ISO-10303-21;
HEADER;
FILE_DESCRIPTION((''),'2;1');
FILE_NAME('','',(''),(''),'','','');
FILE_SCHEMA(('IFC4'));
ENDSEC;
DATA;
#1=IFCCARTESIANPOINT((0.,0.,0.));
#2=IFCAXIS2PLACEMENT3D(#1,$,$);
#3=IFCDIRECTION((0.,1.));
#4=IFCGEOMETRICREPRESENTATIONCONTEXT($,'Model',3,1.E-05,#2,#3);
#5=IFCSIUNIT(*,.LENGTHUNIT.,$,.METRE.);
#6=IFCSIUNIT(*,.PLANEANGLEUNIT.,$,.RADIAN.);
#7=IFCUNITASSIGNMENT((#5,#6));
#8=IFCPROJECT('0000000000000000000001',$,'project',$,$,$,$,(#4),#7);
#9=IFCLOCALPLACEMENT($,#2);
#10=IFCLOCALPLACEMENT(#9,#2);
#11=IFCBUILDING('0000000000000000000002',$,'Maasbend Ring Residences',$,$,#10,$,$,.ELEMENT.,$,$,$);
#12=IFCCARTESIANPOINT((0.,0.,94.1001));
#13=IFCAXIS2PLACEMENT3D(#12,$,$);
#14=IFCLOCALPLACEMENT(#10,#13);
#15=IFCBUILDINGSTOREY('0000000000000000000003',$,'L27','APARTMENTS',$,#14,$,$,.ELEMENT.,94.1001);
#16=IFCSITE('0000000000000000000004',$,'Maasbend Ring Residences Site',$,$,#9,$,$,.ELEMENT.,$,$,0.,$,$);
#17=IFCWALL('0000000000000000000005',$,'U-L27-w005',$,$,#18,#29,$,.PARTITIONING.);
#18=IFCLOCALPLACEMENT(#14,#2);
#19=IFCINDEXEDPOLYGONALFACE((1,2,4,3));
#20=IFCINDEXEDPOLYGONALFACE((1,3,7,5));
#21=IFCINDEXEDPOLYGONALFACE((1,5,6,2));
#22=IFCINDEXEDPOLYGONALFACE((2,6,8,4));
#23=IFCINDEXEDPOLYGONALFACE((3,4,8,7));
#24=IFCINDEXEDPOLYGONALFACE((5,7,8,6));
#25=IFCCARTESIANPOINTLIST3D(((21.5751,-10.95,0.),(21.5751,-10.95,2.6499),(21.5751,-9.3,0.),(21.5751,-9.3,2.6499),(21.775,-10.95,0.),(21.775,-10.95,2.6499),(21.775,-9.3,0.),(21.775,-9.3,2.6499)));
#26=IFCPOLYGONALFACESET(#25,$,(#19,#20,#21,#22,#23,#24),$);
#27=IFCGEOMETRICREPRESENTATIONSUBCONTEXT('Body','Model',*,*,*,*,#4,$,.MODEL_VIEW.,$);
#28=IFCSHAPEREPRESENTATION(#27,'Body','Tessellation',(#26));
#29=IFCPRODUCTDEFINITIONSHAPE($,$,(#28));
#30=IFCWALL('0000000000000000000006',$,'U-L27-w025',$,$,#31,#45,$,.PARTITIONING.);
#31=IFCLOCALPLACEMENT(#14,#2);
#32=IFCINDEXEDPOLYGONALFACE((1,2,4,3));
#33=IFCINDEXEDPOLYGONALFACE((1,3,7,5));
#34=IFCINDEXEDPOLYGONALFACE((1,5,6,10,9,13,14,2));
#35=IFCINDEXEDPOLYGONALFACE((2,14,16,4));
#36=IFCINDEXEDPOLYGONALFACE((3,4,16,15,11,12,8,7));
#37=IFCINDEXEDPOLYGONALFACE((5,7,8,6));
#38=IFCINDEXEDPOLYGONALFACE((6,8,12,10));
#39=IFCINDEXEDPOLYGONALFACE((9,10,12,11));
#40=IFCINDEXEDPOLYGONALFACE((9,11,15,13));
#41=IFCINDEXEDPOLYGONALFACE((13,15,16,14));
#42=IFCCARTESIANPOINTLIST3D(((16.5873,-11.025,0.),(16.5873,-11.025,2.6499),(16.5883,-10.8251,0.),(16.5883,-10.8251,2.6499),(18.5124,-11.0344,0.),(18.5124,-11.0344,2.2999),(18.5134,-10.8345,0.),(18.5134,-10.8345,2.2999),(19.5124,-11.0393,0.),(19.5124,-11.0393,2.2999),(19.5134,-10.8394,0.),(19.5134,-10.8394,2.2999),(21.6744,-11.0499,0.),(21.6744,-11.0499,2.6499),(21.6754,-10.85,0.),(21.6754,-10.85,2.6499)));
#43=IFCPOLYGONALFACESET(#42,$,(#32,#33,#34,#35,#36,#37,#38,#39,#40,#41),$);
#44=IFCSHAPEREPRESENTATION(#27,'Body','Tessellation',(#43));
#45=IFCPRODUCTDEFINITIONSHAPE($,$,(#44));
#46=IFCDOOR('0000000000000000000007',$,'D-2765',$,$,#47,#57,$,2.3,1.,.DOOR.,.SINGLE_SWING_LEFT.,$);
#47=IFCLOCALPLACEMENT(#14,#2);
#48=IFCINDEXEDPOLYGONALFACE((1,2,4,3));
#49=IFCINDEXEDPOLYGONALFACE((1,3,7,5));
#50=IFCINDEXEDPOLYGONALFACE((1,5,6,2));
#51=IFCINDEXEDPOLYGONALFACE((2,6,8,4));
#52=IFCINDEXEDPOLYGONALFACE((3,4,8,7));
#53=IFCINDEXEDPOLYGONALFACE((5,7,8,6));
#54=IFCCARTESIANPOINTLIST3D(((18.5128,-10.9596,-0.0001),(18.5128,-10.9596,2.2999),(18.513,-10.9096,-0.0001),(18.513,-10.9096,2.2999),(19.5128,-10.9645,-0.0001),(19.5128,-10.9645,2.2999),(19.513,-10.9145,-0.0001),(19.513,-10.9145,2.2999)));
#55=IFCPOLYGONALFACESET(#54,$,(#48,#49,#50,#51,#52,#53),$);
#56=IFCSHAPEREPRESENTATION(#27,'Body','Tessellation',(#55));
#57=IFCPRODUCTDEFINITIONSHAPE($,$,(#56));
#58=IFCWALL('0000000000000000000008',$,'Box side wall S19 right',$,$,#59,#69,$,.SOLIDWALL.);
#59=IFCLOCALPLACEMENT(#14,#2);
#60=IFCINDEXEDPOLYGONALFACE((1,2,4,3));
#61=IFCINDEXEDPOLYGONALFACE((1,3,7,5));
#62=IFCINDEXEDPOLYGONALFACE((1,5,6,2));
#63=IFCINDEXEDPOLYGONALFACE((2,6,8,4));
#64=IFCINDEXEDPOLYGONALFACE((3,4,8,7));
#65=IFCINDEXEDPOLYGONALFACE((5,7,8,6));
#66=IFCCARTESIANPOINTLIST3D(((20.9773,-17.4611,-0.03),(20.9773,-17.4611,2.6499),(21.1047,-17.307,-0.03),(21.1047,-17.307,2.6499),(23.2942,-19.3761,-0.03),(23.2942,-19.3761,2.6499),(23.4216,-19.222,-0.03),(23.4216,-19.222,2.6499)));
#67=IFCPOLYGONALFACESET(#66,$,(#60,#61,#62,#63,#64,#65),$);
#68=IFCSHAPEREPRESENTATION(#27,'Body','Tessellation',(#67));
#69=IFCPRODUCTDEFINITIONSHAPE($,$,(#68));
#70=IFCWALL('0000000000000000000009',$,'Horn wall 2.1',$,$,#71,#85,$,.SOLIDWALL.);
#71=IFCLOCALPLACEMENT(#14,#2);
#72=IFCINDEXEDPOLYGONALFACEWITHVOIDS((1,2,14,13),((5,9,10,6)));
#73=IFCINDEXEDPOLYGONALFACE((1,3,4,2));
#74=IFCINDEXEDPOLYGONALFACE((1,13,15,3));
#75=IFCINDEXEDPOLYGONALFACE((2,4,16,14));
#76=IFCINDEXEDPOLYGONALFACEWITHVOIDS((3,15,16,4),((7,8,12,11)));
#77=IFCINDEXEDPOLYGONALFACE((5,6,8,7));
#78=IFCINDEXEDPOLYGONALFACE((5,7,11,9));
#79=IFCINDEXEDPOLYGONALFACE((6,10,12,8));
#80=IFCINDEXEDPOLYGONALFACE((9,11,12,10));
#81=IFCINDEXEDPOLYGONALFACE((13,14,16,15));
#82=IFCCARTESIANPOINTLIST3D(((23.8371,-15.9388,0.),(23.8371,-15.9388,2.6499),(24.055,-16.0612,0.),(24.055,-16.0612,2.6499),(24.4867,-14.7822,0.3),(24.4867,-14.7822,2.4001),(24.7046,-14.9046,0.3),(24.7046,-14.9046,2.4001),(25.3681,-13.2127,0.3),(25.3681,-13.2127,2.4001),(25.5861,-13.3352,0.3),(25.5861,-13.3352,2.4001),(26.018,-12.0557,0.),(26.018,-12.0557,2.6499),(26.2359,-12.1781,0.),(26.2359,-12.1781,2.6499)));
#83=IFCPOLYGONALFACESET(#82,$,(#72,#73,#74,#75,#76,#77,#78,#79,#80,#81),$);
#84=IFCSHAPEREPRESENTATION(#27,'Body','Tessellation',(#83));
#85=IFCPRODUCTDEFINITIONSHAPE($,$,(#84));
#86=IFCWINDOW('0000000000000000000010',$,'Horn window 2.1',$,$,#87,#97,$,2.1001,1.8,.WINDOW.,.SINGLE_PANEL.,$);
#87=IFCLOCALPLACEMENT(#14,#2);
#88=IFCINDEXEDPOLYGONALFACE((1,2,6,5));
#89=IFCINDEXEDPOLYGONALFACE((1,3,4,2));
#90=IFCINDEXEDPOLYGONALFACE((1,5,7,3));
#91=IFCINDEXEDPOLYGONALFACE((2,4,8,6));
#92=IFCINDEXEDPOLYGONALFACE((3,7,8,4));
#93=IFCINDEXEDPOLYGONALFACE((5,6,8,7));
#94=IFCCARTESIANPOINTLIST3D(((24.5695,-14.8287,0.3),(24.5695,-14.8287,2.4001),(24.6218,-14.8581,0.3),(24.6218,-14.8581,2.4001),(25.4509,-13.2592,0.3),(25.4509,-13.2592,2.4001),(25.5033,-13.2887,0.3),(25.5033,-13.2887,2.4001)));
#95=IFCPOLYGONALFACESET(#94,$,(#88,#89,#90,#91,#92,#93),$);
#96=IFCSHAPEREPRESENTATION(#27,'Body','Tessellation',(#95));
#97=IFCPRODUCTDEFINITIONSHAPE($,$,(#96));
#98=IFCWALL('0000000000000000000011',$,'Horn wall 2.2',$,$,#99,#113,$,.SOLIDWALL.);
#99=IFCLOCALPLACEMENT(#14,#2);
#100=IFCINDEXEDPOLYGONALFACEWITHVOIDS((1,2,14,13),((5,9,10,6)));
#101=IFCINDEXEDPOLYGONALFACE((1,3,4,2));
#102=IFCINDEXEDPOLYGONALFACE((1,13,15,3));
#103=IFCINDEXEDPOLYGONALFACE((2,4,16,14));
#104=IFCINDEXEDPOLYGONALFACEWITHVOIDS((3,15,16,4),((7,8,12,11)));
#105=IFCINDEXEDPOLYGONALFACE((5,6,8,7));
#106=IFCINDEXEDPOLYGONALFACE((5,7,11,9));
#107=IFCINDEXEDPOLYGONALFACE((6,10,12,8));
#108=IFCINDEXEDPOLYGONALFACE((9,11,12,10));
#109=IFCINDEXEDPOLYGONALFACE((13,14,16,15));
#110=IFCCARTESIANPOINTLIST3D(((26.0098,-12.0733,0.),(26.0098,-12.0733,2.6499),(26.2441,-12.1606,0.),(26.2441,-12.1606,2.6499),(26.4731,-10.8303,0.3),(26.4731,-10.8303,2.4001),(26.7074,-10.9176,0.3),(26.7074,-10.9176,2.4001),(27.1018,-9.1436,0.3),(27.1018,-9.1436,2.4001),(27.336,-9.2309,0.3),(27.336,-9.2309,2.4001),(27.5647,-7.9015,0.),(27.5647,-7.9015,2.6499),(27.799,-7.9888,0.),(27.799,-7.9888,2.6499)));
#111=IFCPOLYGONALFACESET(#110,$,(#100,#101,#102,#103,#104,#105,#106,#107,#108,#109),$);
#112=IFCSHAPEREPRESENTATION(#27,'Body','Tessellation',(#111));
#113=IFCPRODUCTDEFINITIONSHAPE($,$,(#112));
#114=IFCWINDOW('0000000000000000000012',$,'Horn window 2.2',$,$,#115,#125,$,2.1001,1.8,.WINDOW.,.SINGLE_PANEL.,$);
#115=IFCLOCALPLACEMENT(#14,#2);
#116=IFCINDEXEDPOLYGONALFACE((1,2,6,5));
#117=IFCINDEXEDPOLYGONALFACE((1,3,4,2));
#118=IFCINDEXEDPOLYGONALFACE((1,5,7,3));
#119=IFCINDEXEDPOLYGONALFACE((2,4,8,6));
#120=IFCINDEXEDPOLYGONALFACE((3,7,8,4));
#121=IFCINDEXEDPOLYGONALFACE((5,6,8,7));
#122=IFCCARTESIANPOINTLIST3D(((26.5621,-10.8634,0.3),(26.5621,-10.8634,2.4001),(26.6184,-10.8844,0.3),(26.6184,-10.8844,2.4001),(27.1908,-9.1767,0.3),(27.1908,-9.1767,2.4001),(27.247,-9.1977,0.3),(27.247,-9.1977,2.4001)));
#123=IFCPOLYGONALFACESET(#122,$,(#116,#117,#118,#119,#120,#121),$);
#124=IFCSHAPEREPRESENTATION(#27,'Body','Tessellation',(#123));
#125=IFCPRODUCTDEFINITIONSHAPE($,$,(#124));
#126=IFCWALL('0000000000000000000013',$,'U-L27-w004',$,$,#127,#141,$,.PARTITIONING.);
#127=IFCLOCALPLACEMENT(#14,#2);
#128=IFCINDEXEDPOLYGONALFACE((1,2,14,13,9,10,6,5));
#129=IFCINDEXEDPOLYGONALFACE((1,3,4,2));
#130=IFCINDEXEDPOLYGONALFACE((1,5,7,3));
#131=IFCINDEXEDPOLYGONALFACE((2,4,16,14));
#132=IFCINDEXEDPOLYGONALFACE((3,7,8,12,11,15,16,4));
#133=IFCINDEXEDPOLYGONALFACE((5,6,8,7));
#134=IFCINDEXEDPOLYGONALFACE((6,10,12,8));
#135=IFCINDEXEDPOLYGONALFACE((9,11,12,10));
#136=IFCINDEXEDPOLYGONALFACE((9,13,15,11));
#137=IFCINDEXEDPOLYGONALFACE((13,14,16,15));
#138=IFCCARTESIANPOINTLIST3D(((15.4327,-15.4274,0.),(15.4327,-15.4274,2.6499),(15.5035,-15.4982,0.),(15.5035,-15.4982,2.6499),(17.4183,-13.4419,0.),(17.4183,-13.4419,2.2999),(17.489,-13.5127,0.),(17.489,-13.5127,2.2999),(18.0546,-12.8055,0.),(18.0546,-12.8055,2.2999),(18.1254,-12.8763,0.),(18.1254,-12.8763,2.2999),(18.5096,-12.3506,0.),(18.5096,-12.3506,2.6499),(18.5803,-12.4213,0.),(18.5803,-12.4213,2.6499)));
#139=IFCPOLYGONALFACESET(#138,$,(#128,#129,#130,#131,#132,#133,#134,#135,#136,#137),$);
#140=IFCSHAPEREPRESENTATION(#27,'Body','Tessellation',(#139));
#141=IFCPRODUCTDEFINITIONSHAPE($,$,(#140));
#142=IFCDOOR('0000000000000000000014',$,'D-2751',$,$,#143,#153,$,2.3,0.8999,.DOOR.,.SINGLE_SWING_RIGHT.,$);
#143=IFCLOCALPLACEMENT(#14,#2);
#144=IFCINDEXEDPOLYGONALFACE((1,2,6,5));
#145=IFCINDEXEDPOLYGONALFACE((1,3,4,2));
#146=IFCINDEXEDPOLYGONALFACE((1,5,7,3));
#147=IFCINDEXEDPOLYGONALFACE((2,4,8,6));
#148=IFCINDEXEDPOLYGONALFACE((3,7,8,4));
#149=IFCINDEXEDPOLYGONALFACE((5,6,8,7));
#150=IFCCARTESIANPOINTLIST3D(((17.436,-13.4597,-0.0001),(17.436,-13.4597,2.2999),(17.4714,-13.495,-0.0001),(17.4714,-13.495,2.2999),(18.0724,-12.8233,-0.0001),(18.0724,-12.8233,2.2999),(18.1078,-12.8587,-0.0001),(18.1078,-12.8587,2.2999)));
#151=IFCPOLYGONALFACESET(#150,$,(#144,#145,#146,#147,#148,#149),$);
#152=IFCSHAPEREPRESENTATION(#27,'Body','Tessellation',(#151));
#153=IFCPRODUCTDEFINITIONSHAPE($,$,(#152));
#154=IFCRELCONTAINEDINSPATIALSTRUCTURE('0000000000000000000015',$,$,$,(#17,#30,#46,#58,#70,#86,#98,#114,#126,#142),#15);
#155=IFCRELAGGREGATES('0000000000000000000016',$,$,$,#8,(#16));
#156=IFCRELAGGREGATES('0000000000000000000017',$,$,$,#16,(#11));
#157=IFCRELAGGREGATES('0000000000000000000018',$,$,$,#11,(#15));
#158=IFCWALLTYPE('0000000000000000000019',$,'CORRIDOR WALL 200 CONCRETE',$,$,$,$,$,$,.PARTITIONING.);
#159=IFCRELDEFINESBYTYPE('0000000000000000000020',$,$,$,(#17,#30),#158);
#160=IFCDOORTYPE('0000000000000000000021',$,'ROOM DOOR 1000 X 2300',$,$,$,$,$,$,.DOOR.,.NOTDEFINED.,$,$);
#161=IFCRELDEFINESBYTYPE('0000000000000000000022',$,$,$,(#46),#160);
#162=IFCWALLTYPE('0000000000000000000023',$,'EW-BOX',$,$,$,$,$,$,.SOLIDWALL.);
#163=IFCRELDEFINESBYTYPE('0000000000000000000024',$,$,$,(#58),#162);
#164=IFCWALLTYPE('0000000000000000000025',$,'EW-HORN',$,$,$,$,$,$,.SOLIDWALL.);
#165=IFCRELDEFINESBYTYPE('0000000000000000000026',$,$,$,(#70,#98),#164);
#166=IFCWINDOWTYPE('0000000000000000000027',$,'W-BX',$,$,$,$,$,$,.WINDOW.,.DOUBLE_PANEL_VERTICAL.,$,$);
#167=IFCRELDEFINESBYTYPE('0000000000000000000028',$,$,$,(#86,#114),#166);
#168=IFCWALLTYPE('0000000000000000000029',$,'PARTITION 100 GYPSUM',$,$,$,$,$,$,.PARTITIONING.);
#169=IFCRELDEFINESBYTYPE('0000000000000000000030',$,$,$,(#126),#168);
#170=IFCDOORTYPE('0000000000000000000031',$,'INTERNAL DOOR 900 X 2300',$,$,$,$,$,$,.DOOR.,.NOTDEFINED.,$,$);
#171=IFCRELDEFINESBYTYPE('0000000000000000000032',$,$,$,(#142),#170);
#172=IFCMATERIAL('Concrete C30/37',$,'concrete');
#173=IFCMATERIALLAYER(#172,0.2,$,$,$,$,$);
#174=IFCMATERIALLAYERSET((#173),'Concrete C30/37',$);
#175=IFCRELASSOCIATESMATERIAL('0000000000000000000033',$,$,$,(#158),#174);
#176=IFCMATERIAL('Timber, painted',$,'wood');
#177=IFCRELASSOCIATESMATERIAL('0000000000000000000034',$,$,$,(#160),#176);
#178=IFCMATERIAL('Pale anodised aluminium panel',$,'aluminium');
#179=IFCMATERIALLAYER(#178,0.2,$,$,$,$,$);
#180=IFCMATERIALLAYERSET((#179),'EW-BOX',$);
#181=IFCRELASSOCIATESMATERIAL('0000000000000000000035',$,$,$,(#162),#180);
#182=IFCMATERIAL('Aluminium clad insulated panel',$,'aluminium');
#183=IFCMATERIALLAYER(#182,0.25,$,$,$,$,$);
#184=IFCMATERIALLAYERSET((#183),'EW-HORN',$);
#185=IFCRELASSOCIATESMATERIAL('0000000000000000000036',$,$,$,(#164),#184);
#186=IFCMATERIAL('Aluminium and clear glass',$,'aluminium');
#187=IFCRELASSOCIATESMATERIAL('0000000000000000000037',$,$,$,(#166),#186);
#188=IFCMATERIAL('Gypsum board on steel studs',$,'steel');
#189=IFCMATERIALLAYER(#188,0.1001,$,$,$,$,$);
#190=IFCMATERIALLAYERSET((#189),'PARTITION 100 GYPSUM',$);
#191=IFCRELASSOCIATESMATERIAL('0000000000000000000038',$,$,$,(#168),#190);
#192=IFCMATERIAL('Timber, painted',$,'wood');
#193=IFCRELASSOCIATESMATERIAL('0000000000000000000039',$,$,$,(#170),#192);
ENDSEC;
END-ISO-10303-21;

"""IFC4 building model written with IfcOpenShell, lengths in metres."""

from ifc_helpers import new_model, si_unit, direction, frame, frame_2d, origin, place, context, subcontext, project, spatial, rectangle, extrude, material, layer, layer_set, type_object, element, fill, save


model = new_model("IFC4")

# Units and contexts
model_context = context("Model", 3, precision=1e-05, world=origin(), true_north=direction((0.0, 1.0)))
body_context = subcontext(model_context, "Body", "Model", "MODEL_VIEW")
ifc_project = project(units=[si_unit("LENGTHUNIT", "METRE"), si_unit("PLANEANGLEUNIT", "RADIAN")], contexts=[model_context])

# Site, building, storey
site_placement = place(None, origin())
site = spatial("IfcSite", under=ifc_project, at=site_placement, Name="Maasbend Ring Residences Site", CompositionType="ELEMENT", RefElevation=0.0)
building_placement = place(site_placement, origin())
building = spatial("IfcBuilding", under=site, at=building_placement, Name="Maasbend Ring Residences", CompositionType="ELEMENT")
storey_placement = place(building_placement, frame((0.0, 0.0, 94.1001)))
storey = spatial("IfcBuildingStorey", under=building, at=storey_placement, Name="L27", Description="APARTMENTS", CompositionType="ELEMENT", Elevation=94.1001)

# Wall
ifc_material_1 = material(Name="Concrete C30/37", Category="concrete")
ifc_layer_1 = layer(ifc_material_1, 0.2)
ifc_layer_set_1 = layer_set([ifc_layer_1], Name="Concrete C30/37")
wall_type_1 = type_object("IfcWallType", Name="CORRIDOR WALL 200 CONCRETE", PredefinedType="PARTITIONING", material=ifc_layer_set_1)
wall_1_placement = place(storey_placement, frame((21.675, -10.95, 0.0), z_axis=(0.0, 0.0, 1.0), x_axis=(0.0, 1.0, 0.0)))
element("IfcWall", 1, at=wall_1_placement, inside=storey, type_object=wall_type_1, Name="U-L27-w005", PredefinedType="PARTITIONING", context=body_context, shape_type="SweptSolid", body=[
    extrude(rectangle(XDim=1.6499, YDim=0.2, at=frame_2d((0.825, 0.0))), origin(), (0.0, 0.0, 1.0), 2.6499),
])

# Wall, opening, door
wall_2_placement = place(storey_placement, frame((16.5879, -10.925, 0.0), z_axis=(0.0, 0.0, 1.0), x_axis=(0.999988, -0.004895, 0.0)))
wall_2 = element("IfcWall", 2, at=wall_2_placement, inside=storey, type_object=wall_type_1, Name="U-L27-w025", PredefinedType="PARTITIONING", context=body_context, shape_type="SweptSolid", body=[
    extrude(rectangle(XDim=5.0872, YDim=0.2, at=frame_2d((2.5435, 0.0))), origin(), (0.0, 0.0, 1.0), 2.6499),
])
opening_1_placement = place(wall_2_placement, frame((1.925, 0.0, 0.0)))
opening_1 = element("IfcOpeningElement", 3, at=opening_1_placement, cuts=wall_2, PredefinedType="OPENING", context=body_context, shape_type="SweptSolid", body=[
    extrude(rectangle(XDim=1.0, YDim=2.3, at=frame_2d((0.5, 1.1499))), frame((0.0, 0.1099, 0.0), z_axis=(0.0, -1.0, 0.0), x_axis=(1.0, 0.0, 0.0)), (0.0, 0.0, 1.0), 0.22),
])
ifc_material_2 = material(Name="Timber, painted", Category="wood")
door_type_1 = type_object("IfcDoorType", Name="ROOM DOOR 1000 X 2300", OperationType="NOTDEFINED", PredefinedType="DOOR", material=ifc_material_2)
door_1_placement = place(opening_1_placement, origin())
door_1 = element("IfcDoor", 4, at=door_1_placement, inside=storey, type_object=door_type_1, Name="D-2765", OperationType="SINGLE_SWING_LEFT", OverallHeight=2.3, OverallWidth=1.0, PredefinedType="DOOR", context=body_context, shape_type="SweptSolid", body=[
    extrude(rectangle(XDim=1.0, YDim=2.3, at=frame_2d((0.5, 1.1499))), frame((0.0, 0.0249, 0.0), z_axis=(0.0, -1.0, 0.0), x_axis=(1.0, 0.0, 0.0)), (0.0, 0.0, 1.0), 0.05),
])
fill(opening_1, door_1)

# Wall
ifc_material_3 = material(Name="Pale anodised aluminium panel", Category="aluminium")
ifc_layer_2 = layer(ifc_material_3, 0.2)
ifc_layer_set_2 = layer_set([ifc_layer_2], Name="EW-BOX")
wall_type_2 = type_object("IfcWallType", Name="EW-BOX", PredefinedType="SOLIDWALL", material=ifc_layer_set_2)
wall_3_placement = place(storey_placement, frame((21.041, -17.384, -0.03), z_axis=(0.0, 0.0, 1.0), x_axis=(0.770785, -0.637096, 0.0)))
element("IfcWall", 5, at=wall_3_placement, inside=storey, type_object=wall_type_2, Name="Box side wall S19 right", PredefinedType="SOLIDWALL", context=body_context, shape_type="SweptSolid", body=[
    extrude(rectangle(XDim=3.0059, YDim=0.2, at=frame_2d((1.5029, 0.0))), origin(), (0.0, 0.0, 1.0), 2.6799),
])

# Walls, openings, windows
ifc_material_4 = material(Name="Aluminium clad insulated panel", Category="aluminium")
ifc_layer_3 = layer(ifc_material_4, 0.25)
ifc_layer_set_3 = layer_set([ifc_layer_3], Name="EW-HORN")
wall_type_3 = type_object("IfcWallType", Name="EW-HORN", PredefinedType="SOLIDWALL", material=ifc_layer_set_3)
wall_4_placement = place(storey_placement, frame((23.946, -16.0, 0.0), z_axis=(0.0, 0.0, 1.0), x_axis=(0.489696, 0.871893, 0.0)))
wall_4 = element("IfcWall", 6, at=wall_4_placement, inside=storey, type_object=wall_type_3, Name="Horn wall 2.1", PredefinedType="SOLIDWALL", context=body_context, shape_type="SweptSolid", body=[
    extrude(rectangle(XDim=4.4536, YDim=0.25, at=frame_2d((2.2268, 0.0))), origin(), (0.0, 0.0, 1.0), 2.6499),
])
opening_2_placement = place(wall_4_placement, frame((1.3267, 0.0, 0.3)))
opening_2 = element("IfcOpeningElement", 7, at=opening_2_placement, cuts=wall_4, PredefinedType="OPENING", context=body_context, shape_type="SweptSolid", body=[
    extrude(rectangle(XDim=1.8, YDim=2.1001, at=frame_2d((0.8999, 1.05))), frame((0.0, 0.135, 0.0), z_axis=(0.0, -1.0, 0.0), x_axis=(1.0, 0.0, 0.0)), (0.0, 0.0, 1.0), 0.27),
])
ifc_material_5 = material(Name="Aluminium and clear glass", Category="aluminium")
window_type = type_object("IfcWindowType", Name="W-BX", PartitioningType="DOUBLE_PANEL_VERTICAL", PredefinedType="WINDOW", material=ifc_material_5)
window_1_placement = place(opening_2_placement, origin())
window_1 = element("IfcWindow", 8, at=window_1_placement, inside=storey, type_object=window_type, Name="Horn window 2.1", OverallHeight=2.1001, OverallWidth=1.8, PartitioningType="SINGLE_PANEL", PredefinedType="WINDOW", context=body_context, shape_type="SweptSolid", body=[
    extrude(rectangle(XDim=1.8, YDim=2.1001, at=frame_2d((0.8999, 1.05))), frame((0.0, 0.03, 0.0), z_axis=(0.0, -1.0, 0.0), x_axis=(1.0, 0.0, 0.0)), (0.0, 0.0, 1.0), 0.0601),
])
fill(opening_2, window_1)
wall_5_placement = place(storey_placement, frame((26.127, -12.1169, 0.0), z_axis=(0.0, 0.0, 1.0), x_axis=(0.349248, 0.93703, 0.0)))
wall_5 = element("IfcWall", 9, at=wall_5_placement, inside=storey, type_object=wall_type_3, Name="Horn wall 2.2", PredefinedType="SOLIDWALL", context=body_context, shape_type="SweptSolid", body=[
    extrude(rectangle(XDim=4.4521, YDim=0.25, at=frame_2d((2.2261, 0.0))), origin(), (0.0, 0.0, 1.0), 2.6499),
])
opening_3_placement = place(wall_5_placement, frame((1.3267, 0.0, 0.3)))
opening_3 = element("IfcOpeningElement", 10, at=opening_3_placement, cuts=wall_5, PredefinedType="OPENING", context=body_context, shape_type="SweptSolid", body=[
    extrude(rectangle(XDim=1.8, YDim=2.1001, at=frame_2d((0.8999, 1.05))), frame((0.0, 0.135, 0.0), z_axis=(0.0, -1.0, 0.0), x_axis=(1.0, 0.0, 0.0)), (0.0, 0.0, 1.0), 0.27),
])
window_2_placement = place(opening_3_placement, origin())
window_2 = element("IfcWindow", 11, at=window_2_placement, inside=storey, type_object=window_type, Name="Horn window 2.2", OverallHeight=2.1001, OverallWidth=1.8, PartitioningType="SINGLE_PANEL", PredefinedType="WINDOW", context=body_context, shape_type="SweptSolid", body=[
    extrude(rectangle(XDim=1.8, YDim=2.1001, at=frame_2d((0.8999, 1.05))), frame((0.0, 0.03, 0.0), z_axis=(0.0, -1.0, 0.0), x_axis=(1.0, 0.0, 0.0)), (0.0, 0.0, 1.0), 0.0601),
])
fill(opening_3, window_2)

# Wall, opening, door
ifc_material_6 = material(Name="Gypsum board on steel studs", Category="steel")
ifc_layer_4 = layer(ifc_material_6, 0.1001)
ifc_layer_set_4 = layer_set([ifc_layer_4], Name="PARTITION 100 GYPSUM")
wall_type_4 = type_object("IfcWallType", Name="PARTITION 100 GYPSUM", PredefinedType="PARTITIONING", material=ifc_layer_set_4)
wall_6_placement = place(storey_placement, frame((15.468, -15.4629, 0.0), z_axis=(0.0, 0.0, 1.0), x_axis=(0.707107, 0.707107, 0.0)))
wall_6 = element("IfcWall", 12, at=wall_6_placement, inside=storey, type_object=wall_type_4, Name="U-L27-w004", PredefinedType="PARTITIONING", context=body_context, shape_type="SweptSolid", body=[
    extrude(rectangle(XDim=4.3513, YDim=0.1001, at=frame_2d((2.1758, 0.0))), origin(), (0.0, 0.0, 1.0), 2.6499),
])
opening_4_placement = place(wall_6_placement, frame((2.8081, 0.0, 0.0)))
opening_4 = element("IfcOpeningElement", 13, at=opening_4_placement, cuts=wall_6, PredefinedType="OPENING", context=body_context, shape_type="SweptSolid", body=[
    extrude(rectangle(XDim=0.8999, YDim=2.3, at=frame_2d((0.45, 1.1499))), frame((0.0, 0.0601, 0.0), z_axis=(0.0, -1.0, 0.0), x_axis=(1.0, 0.0, 0.0)), (0.0, 0.0, 1.0), 0.1201),
])
ifc_material_7 = material(Name="Timber, painted", Category="wood")
door_type_2 = type_object("IfcDoorType", Name="INTERNAL DOOR 900 X 2300", OperationType="NOTDEFINED", PredefinedType="DOOR", material=ifc_material_7)
door_2_placement = place(opening_4_placement, origin())
door_2 = element("IfcDoor", 14, at=door_2_placement, inside=storey, type_object=door_type_2, Name="D-2751", OperationType="SINGLE_SWING_RIGHT", OverallHeight=2.3, OverallWidth=0.8999, PredefinedType="DOOR", context=body_context, shape_type="SweptSolid", body=[
    extrude(rectangle(XDim=0.8999, YDim=2.3, at=frame_2d((0.45, 1.1499))), frame((0.0, 0.0249, 0.0), z_axis=(0.0, -1.0, 0.0), x_axis=(1.0, 0.0, 0.0)), (0.0, 0.0, 1.0), 0.05),
])
fill(opening_4, door_2)

save(model, "model.ifc")
